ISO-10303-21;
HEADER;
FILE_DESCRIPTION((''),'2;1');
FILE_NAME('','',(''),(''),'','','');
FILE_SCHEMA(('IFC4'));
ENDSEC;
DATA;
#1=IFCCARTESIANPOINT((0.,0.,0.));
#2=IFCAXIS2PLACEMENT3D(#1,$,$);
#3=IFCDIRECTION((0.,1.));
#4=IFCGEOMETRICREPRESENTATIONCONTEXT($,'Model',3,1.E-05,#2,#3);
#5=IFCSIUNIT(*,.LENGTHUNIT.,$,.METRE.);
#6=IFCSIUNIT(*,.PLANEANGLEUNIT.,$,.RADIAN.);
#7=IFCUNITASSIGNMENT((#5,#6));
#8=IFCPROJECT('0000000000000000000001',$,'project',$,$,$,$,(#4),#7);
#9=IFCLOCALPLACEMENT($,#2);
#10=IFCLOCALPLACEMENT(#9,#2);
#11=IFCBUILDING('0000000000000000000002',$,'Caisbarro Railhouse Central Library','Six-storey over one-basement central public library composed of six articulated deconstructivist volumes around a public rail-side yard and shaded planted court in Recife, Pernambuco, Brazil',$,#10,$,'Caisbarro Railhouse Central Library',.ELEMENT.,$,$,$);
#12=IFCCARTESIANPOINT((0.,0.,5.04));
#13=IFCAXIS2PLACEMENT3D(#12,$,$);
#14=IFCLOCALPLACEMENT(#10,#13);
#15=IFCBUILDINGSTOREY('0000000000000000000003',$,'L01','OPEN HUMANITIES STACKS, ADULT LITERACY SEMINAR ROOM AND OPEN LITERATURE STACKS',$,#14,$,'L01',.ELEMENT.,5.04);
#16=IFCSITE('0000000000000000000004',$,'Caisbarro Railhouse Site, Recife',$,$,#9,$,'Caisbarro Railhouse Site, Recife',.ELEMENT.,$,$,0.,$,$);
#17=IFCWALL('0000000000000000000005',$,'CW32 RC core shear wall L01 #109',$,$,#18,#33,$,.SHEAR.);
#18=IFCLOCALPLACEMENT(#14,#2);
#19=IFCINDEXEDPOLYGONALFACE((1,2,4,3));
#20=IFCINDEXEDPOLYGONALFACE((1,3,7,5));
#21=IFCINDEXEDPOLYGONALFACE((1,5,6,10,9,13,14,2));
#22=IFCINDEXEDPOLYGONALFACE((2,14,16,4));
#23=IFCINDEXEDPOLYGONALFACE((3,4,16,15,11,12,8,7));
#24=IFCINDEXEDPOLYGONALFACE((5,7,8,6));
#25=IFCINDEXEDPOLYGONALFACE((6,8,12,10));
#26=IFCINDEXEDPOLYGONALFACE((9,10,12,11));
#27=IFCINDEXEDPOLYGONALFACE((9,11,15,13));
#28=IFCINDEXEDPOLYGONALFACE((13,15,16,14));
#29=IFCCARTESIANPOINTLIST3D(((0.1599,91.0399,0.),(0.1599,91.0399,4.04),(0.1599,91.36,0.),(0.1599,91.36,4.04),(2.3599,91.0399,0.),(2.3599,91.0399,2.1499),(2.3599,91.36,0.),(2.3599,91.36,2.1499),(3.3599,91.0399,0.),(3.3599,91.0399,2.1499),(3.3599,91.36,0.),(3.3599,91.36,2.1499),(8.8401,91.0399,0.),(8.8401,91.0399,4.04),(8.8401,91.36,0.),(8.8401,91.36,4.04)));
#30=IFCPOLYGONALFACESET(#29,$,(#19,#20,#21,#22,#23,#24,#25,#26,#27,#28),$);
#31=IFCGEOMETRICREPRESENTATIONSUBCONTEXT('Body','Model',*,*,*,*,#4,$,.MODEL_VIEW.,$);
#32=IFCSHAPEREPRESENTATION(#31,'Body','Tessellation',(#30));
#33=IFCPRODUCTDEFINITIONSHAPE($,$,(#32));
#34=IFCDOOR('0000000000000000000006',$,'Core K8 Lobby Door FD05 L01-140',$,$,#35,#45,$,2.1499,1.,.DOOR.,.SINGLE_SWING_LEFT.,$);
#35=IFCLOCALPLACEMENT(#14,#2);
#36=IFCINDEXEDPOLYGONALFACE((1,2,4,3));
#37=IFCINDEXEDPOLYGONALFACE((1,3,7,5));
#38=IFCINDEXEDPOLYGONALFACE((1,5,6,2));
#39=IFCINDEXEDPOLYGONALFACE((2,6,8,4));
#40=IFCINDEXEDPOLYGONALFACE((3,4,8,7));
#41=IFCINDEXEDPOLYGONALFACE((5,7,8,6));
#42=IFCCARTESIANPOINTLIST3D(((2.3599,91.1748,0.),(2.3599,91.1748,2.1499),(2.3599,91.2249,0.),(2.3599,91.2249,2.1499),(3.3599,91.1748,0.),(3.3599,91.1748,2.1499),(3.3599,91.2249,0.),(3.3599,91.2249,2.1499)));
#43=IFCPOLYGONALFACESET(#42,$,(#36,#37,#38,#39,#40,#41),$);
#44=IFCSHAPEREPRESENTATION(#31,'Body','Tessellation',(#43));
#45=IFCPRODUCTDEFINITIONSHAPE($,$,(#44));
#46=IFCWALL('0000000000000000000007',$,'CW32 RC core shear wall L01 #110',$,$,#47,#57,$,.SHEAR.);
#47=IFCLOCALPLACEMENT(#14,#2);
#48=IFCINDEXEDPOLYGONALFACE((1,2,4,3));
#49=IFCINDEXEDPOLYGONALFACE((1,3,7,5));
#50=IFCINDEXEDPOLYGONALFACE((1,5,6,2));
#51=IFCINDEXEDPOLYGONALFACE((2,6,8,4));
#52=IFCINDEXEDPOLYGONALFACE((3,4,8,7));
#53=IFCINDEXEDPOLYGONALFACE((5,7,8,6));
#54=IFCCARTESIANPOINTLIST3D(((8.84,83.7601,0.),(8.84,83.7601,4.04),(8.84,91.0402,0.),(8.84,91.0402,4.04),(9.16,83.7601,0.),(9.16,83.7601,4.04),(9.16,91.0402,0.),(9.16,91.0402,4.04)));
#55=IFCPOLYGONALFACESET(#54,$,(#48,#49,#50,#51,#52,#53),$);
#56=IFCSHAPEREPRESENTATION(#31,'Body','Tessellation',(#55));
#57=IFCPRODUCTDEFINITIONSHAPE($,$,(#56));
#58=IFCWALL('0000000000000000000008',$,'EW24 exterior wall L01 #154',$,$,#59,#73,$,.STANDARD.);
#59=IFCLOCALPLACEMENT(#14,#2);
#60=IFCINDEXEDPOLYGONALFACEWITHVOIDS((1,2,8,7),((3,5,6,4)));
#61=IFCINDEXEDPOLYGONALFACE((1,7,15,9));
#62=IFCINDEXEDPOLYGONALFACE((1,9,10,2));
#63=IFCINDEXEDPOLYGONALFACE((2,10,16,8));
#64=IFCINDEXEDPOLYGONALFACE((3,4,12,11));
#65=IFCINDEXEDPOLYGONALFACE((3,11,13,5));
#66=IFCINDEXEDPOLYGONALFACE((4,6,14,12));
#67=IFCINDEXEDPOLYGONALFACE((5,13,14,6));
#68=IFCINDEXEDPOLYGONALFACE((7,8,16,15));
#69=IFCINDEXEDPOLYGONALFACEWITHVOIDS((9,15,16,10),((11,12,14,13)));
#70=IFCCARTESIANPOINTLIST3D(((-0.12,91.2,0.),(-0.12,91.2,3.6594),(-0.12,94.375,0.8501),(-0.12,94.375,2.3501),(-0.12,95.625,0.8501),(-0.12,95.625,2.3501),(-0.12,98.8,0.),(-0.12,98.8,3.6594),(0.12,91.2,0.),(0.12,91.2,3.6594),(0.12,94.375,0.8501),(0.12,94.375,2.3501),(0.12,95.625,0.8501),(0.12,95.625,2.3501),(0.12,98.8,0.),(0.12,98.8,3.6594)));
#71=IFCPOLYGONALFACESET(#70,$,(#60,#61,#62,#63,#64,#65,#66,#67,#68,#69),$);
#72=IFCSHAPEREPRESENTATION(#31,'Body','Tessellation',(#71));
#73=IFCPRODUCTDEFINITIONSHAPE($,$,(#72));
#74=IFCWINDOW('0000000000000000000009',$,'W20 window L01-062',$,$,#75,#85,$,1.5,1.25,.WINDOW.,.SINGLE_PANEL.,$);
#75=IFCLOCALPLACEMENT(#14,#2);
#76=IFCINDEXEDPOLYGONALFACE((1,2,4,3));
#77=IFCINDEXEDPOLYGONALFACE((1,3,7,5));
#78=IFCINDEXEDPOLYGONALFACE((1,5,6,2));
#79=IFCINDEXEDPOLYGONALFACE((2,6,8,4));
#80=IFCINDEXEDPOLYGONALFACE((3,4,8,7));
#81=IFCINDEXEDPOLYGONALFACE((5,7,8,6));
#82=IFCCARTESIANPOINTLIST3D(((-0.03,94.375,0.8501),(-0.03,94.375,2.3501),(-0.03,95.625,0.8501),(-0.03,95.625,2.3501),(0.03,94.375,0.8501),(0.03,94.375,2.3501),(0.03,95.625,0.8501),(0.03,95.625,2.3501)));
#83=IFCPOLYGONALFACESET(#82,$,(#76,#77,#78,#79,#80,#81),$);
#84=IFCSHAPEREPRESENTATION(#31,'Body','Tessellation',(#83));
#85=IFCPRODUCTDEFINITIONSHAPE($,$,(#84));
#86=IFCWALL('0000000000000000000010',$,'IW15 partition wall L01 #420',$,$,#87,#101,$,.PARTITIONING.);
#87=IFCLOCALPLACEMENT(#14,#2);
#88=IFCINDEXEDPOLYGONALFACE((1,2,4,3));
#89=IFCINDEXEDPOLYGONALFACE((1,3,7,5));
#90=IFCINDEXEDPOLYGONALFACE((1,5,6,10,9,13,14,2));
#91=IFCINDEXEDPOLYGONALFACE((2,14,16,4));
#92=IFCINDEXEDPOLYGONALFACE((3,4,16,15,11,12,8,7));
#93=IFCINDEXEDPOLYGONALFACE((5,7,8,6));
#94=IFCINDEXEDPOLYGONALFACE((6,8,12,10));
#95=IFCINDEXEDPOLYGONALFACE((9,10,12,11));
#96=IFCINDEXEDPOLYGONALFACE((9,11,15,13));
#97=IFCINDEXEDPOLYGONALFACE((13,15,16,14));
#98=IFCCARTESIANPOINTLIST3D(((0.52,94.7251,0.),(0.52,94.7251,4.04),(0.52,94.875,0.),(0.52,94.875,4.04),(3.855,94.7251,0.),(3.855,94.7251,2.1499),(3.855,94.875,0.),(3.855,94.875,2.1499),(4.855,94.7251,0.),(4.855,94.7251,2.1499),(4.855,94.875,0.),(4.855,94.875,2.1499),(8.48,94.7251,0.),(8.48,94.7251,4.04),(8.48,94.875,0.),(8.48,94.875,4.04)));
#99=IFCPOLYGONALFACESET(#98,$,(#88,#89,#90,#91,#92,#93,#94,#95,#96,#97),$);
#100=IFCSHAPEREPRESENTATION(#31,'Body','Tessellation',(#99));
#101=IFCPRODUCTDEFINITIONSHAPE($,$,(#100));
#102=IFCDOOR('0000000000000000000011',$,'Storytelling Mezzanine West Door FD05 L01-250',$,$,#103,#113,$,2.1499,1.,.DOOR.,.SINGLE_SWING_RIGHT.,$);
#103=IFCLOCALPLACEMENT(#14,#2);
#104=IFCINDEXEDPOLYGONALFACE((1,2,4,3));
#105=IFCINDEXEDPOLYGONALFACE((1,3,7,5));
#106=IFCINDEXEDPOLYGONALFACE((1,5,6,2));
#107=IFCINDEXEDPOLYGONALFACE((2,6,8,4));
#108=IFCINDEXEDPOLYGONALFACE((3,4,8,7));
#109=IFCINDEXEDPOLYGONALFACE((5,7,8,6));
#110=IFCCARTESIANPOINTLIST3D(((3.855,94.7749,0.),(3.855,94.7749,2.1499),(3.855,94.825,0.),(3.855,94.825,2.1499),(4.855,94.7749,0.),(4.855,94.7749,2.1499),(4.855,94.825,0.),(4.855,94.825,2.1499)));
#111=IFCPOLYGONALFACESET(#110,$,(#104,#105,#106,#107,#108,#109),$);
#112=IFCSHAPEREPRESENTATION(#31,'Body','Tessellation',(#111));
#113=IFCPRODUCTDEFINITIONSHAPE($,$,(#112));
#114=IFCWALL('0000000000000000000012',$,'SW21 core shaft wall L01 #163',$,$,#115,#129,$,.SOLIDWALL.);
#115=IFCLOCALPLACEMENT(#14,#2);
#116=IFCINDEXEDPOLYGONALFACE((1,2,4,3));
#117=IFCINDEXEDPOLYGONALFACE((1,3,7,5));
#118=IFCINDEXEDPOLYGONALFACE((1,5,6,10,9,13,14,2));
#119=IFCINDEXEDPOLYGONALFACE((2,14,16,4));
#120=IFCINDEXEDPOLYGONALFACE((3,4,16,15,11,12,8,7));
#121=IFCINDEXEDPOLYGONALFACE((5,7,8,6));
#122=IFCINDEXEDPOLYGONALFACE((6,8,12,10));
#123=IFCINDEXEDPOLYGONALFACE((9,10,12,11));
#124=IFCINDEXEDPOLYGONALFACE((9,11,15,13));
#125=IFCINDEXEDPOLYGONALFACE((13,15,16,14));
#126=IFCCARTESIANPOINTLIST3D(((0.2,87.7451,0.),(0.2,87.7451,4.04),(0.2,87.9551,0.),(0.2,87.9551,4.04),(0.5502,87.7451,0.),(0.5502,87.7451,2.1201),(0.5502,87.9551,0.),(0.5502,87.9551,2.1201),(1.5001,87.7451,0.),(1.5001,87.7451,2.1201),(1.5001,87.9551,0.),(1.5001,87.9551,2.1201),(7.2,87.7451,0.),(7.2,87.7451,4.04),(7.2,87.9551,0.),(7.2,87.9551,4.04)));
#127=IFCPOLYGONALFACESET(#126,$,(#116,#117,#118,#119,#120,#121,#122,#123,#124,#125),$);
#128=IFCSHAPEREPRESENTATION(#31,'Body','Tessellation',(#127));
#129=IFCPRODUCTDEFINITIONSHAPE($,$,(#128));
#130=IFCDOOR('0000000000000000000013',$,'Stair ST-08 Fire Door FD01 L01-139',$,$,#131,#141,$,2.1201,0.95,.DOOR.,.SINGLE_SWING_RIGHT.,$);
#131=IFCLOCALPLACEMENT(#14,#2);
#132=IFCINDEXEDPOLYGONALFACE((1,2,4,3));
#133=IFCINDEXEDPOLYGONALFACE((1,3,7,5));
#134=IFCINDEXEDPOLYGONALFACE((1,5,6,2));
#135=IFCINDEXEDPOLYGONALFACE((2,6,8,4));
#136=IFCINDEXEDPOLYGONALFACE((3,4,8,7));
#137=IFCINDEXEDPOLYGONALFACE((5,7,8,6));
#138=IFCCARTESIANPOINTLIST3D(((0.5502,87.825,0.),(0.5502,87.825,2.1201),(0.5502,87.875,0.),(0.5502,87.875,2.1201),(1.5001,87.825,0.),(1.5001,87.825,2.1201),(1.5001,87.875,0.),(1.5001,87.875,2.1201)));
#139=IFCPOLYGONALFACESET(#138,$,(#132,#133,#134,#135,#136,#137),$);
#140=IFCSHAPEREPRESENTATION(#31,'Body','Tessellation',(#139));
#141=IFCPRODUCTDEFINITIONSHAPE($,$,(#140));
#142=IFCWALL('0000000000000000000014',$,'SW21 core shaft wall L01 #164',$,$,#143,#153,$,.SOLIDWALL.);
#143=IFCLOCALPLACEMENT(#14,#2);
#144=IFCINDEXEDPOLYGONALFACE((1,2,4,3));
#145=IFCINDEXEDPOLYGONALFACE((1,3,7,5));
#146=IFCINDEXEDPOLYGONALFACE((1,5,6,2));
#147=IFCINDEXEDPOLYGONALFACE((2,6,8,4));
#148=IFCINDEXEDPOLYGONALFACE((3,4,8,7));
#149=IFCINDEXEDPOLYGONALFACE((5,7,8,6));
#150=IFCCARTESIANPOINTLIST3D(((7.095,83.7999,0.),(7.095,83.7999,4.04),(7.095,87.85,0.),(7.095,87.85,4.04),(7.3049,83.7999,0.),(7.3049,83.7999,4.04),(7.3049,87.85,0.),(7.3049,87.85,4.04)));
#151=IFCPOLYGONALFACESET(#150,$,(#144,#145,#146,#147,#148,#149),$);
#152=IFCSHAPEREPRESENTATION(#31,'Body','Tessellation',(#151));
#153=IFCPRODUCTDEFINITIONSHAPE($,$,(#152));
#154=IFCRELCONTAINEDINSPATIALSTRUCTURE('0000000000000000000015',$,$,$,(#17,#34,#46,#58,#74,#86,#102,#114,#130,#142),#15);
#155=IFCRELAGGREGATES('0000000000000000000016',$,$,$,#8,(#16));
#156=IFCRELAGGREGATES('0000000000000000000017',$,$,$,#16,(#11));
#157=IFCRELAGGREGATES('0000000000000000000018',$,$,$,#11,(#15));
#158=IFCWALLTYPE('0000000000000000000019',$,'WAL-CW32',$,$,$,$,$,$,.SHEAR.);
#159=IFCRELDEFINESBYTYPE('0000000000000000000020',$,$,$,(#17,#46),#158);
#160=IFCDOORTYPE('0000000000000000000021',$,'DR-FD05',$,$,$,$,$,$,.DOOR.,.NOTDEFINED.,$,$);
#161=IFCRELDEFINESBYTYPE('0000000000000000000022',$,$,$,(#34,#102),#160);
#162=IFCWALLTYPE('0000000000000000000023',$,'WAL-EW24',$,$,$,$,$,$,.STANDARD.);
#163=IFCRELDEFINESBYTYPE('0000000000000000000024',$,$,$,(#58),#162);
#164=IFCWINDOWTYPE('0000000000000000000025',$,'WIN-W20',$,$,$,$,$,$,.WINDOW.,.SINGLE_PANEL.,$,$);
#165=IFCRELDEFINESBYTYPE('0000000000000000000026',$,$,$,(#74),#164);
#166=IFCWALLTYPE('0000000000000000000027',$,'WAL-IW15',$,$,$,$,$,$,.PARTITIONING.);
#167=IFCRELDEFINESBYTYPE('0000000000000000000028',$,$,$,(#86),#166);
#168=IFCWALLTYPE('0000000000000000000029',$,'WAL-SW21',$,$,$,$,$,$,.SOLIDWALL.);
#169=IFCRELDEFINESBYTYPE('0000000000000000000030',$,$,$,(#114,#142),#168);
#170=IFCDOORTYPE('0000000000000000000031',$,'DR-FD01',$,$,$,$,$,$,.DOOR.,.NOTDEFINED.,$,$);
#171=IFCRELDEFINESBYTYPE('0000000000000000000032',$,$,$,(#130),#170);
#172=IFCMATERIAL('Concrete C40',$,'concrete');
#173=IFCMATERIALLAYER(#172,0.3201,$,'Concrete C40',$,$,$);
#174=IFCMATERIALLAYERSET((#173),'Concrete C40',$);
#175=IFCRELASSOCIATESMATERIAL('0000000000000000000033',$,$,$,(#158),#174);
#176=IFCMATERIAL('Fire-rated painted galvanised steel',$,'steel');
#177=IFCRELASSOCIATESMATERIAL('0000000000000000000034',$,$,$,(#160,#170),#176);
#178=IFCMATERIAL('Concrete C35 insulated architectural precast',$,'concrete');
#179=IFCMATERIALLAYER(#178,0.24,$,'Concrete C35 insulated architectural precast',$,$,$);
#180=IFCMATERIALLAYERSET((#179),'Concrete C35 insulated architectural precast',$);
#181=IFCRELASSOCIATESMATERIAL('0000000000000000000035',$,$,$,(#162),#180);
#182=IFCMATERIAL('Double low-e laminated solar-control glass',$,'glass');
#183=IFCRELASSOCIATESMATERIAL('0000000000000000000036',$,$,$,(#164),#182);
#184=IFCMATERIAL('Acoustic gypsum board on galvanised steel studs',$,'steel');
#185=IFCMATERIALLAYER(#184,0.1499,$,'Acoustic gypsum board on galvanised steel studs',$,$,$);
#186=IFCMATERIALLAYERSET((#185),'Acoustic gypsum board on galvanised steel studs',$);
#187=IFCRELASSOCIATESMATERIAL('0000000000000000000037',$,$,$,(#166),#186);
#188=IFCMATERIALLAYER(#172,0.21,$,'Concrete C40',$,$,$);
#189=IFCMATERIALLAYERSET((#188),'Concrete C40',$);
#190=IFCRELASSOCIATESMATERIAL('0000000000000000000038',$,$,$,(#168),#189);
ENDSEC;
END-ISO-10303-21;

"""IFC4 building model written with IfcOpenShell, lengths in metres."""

from ifc_helpers import new_model, si_unit, direction, frame, frame_2d, origin, place, context, subcontext, project, spatial, rectangle, extrude, material, layer, layer_set, type_object, element, fill, save


model = new_model("IFC4")

# Units and contexts
model_context = context("Model", 3, precision=1e-05, world=origin(), true_north=direction((0.0, 1.0)))
body_context = subcontext(model_context, "Body", "Model", "MODEL_VIEW")
ifc_project = project(units=[si_unit("LENGTHUNIT", "METRE"), si_unit("PLANEANGLEUNIT", "RADIAN")], contexts=[model_context])

# Site, building, storey
site_placement = place(None, origin())
site = spatial("IfcSite", under=ifc_project, at=site_placement, Name="Caisbarro Railhouse Site, Recife", LongName="Caisbarro Railhouse Site, Recife", CompositionType="ELEMENT", RefElevation=0.0)
building_placement = place(site_placement, origin())
building = spatial("IfcBuilding", under=site, at=building_placement, Name="Caisbarro Railhouse Central Library", Description="Six-storey over one-basement central public library composed of six articulated deconstructivist volumes around a public rail-side yard and shaded planted court in Recife, Pernambuco, Brazil", LongName="Caisbarro Railhouse Central Library", CompositionType="ELEMENT")
storey_placement = place(building_placement, frame((0.0, 0.0, 5.04)))
storey = spatial("IfcBuildingStorey", under=building, at=storey_placement, Name="L01", Description="OPEN HUMANITIES STACKS, ADULT LITERACY SEMINAR ROOM AND OPEN LITERATURE STACKS", LongName="L01", CompositionType="ELEMENT", Elevation=5.04)

# Shared definitions
ifc_material_1 = material(Name="Concrete C40", Category="concrete")

# Wall, opening, door
ifc_layer_1 = layer(ifc_material_1, 0.3201, Name="Concrete C40")
ifc_layer_set_1 = layer_set([ifc_layer_1], Name="Concrete C40")
wall_type_1 = type_object("IfcWallType", Name="WAL-CW32", PredefinedType="SHEAR", material=ifc_layer_set_1)
wall_1_placement = place(storey_placement, frame((0.1599, 91.2, 0.0), z_axis=(0.0, 0.0, 1.0), x_axis=(1.0, 0.0, 0.0)))
wall_1 = element("IfcWall", 1, at=wall_1_placement, inside=storey, type_object=wall_type_1, Name="CW32 RC core shear wall L01 #109", PredefinedType="SHEAR", context=body_context, shape_type="SweptSolid", body=[
    extrude(rectangle(XDim=8.6802, YDim=0.3201, at=frame_2d((4.3401, 0.0))), origin(), (0.0, 0.0, 1.0), 4.04),
])
opening_1_placement = place(wall_1_placement, frame((2.2, 0.0, 0.0)))
opening_1 = element("IfcOpeningElement", 2, at=opening_1_placement, cuts=wall_1, PredefinedType="OPENING", context=body_context, shape_type="SweptSolid", body=[
    extrude(rectangle(XDim=1.0, YDim=2.1499, at=frame_2d((0.5, 1.075))), frame((0.0, 0.1699, 0.0), z_axis=(0.0, -1.0, 0.0), x_axis=(1.0, 0.0, 0.0)), (0.0, 0.0, 1.0), 0.3401),
])
ifc_material_2 = material(Name="Fire-rated painted galvanised steel", Category="steel")
door_type_1 = type_object("IfcDoorType", Name="DR-FD05", OperationType="NOTDEFINED", PredefinedType="DOOR", material=ifc_material_2)
door_1_placement = place(opening_1_placement, origin())
door_1 = element("IfcDoor", 3, at=door_1_placement, inside=storey, type_object=door_type_1, Name="Core K8 Lobby Door FD05 L01-140", OperationType="SINGLE_SWING_LEFT", OverallHeight=2.1499, OverallWidth=1.0, PredefinedType="DOOR", context=body_context, shape_type="SweptSolid", body=[
    extrude(rectangle(XDim=1.0, YDim=2.1499, at=frame_2d((0.5, 1.075))), frame((0.0, 0.0249, 0.0), z_axis=(0.0, -1.0, 0.0), x_axis=(1.0, 0.0, 0.0)), (0.0, 0.0, 1.0), 0.05),
])
fill(opening_1, door_1)

# Wall
wall_2_placement = place(storey_placement, frame((9.0, 83.76, 0.0), z_axis=(0.0, 0.0, 1.0), x_axis=(0.0, 1.0, 0.0)))
element("IfcWall", 4, at=wall_2_placement, inside=storey, type_object=wall_type_1, Name="CW32 RC core shear wall L01 #110", PredefinedType="SHEAR", context=body_context, shape_type="SweptSolid", body=[
    extrude(rectangle(XDim=7.28, YDim=0.3201, at=frame_2d((3.6401, 0.0))), origin(), (0.0, 0.0, 1.0), 4.04),
])

# Wall, opening, window
ifc_material_3 = material(Name="Concrete C35 insulated architectural precast", Category="concrete")
ifc_layer_2 = layer(ifc_material_3, 0.24, Name="Concrete C35 insulated architectural precast")
ifc_layer_set_2 = layer_set([ifc_layer_2], Name="Concrete C35 insulated architectural precast")
wall_type_2 = type_object("IfcWallType", Name="WAL-EW24", PredefinedType="STANDARD", material=ifc_layer_set_2)
wall_3_placement = place(storey_placement, frame((0.0, 91.2, 0.0), z_axis=(0.0, 0.0, 1.0), x_axis=(0.0, 1.0, 0.0)))
wall_3 = element("IfcWall", 5, at=wall_3_placement, inside=storey, type_object=wall_type_2, Name="EW24 exterior wall L01 #154", PredefinedType="STANDARD", context=body_context, shape_type="SweptSolid", body=[
    extrude(rectangle(XDim=7.6001, YDim=0.24, at=frame_2d((3.8, 0.0))), origin(), (0.0, 0.0, 1.0), 3.6594),
])
opening_2_placement = place(wall_3_placement, frame((3.175, 0.0, 0.8501)))
opening_2 = element("IfcOpeningElement", 6, at=opening_2_placement, cuts=wall_3, PredefinedType="OPENING", context=body_context, shape_type="SweptSolid", body=[
    extrude(rectangle(XDim=1.25, YDim=1.5, at=frame_2d((0.625, 0.75))), frame((0.0, 0.1299, 0.0), z_axis=(0.0, -1.0, 0.0), x_axis=(1.0, 0.0, 0.0)), (0.0, 0.0, 1.0), 0.26),
])
ifc_material_4 = material(Name="Double low-e laminated solar-control glass", Category="glass")
window_type = type_object("IfcWindowType", Name="WIN-W20", PartitioningType="SINGLE_PANEL", PredefinedType="WINDOW", material=ifc_material_4)
window_placement = place(opening_2_placement, origin())
window = element("IfcWindow", 7, at=window_placement, inside=storey, type_object=window_type, Name="W20 window L01-062", OverallHeight=1.5, OverallWidth=1.25, PartitioningType="SINGLE_PANEL", PredefinedType="WINDOW", context=body_context, shape_type="SweptSolid", body=[
    extrude(rectangle(XDim=1.25, YDim=1.5, at=frame_2d((0.625, 0.75))), frame((0.0, 0.03, 0.0), z_axis=(0.0, -1.0, 0.0), x_axis=(1.0, 0.0, 0.0)), (0.0, 0.0, 1.0), 0.0601),
])
fill(opening_2, window)

# Walls, openings, doors
ifc_material_5 = material(Name="Acoustic gypsum board on galvanised steel studs", Category="steel")
ifc_layer_3 = layer(ifc_material_5, 0.1499, Name="Acoustic gypsum board on galvanised steel studs")
ifc_layer_set_3 = layer_set([ifc_layer_3], Name="Acoustic gypsum board on galvanised steel studs")
wall_type_3 = type_object("IfcWallType", Name="WAL-IW15", PredefinedType="PARTITIONING", material=ifc_layer_set_3)
wall_4_placement = place(storey_placement, frame((0.52, 94.8, 0.0), z_axis=(0.0, 0.0, 1.0), x_axis=(1.0, 0.0, 0.0)))
wall_4 = element("IfcWall", 8, at=wall_4_placement, inside=storey, type_object=wall_type_3, Name="IW15 partition wall L01 #420", PredefinedType="PARTITIONING", context=body_context, shape_type="SweptSolid", body=[
    extrude(rectangle(XDim=7.96, YDim=0.1499, at=frame_2d((3.98, 0.0))), origin(), (0.0, 0.0, 1.0), 4.04),
])
opening_3_placement = place(wall_4_placement, frame((3.335, 0.0, 0.0)))
opening_3 = element("IfcOpeningElement", 9, at=opening_3_placement, cuts=wall_4, PredefinedType="OPENING", context=body_context, shape_type="SweptSolid", body=[
    extrude(rectangle(XDim=1.0, YDim=2.1499, at=frame_2d((0.5, 1.075))), frame((0.0, 0.085, 0.0), z_axis=(0.0, -1.0, 0.0), x_axis=(1.0, 0.0, 0.0)), (0.0, 0.0, 1.0), 0.1699),
])
door_2_placement = place(opening_3_placement, origin())
door_2 = element("IfcDoor", 10, at=door_2_placement, inside=storey, type_object=door_type_1, Name="Storytelling Mezzanine West Door FD05 L01-250", OperationType="SINGLE_SWING_RIGHT", OverallHeight=2.1499, OverallWidth=1.0, PredefinedType="DOOR", context=body_context, shape_type="SweptSolid", body=[
    extrude(rectangle(XDim=1.0, YDim=2.1499, at=frame_2d((0.5, 1.075))), frame((0.0, 0.0249, 0.0), z_axis=(0.0, -1.0, 0.0), x_axis=(1.0, 0.0, 0.0)), (0.0, 0.0, 1.0), 0.05),
])
fill(opening_3, door_2)
ifc_layer_4 = layer(ifc_material_1, 0.21, Name="Concrete C40")
ifc_layer_set_4 = layer_set([ifc_layer_4], Name="Concrete C40")
wall_type_4 = type_object("IfcWallType", Name="WAL-SW21", PredefinedType="SOLIDWALL", material=ifc_layer_set_4)
wall_5_placement = place(storey_placement, frame((0.2, 87.8501, 0.0), z_axis=(0.0, 0.0, 1.0), x_axis=(1.0, 0.0, 0.0)))
wall_5 = element("IfcWall", 11, at=wall_5_placement, inside=storey, type_object=wall_type_4, Name="SW21 core shaft wall L01 #163", PredefinedType="SOLIDWALL", context=body_context, shape_type="SweptSolid", body=[
    extrude(rectangle(XDim=7.0, YDim=0.21, at=frame_2d((3.5, 0.0))), origin(), (0.0, 0.0, 1.0), 4.04),
])
opening_4_placement = place(wall_5_placement, frame((0.3501, 0.0, 0.0)))
opening_4 = element("IfcOpeningElement", 12, at=opening_4_placement, cuts=wall_5, PredefinedType="OPENING", context=body_context, shape_type="SweptSolid", body=[
    extrude(rectangle(XDim=0.95, YDim=2.1201, at=frame_2d((0.4751, 1.0601))), frame((0.0, 0.115, 0.0), z_axis=(0.0, -1.0, 0.0), x_axis=(1.0, 0.0, 0.0)), (0.0, 0.0, 1.0), 0.23),
])
door_type_2 = type_object("IfcDoorType", Name="DR-FD01", OperationType="NOTDEFINED", PredefinedType="DOOR", material=ifc_material_2)
door_3_placement = place(opening_4_placement, origin())
door_3 = element("IfcDoor", 13, at=door_3_placement, inside=storey, type_object=door_type_2, Name="Stair ST-08 Fire Door FD01 L01-139", OperationType="SINGLE_SWING_RIGHT", OverallHeight=2.1201, OverallWidth=0.95, PredefinedType="DOOR", context=body_context, shape_type="SweptSolid", body=[
    extrude(rectangle(XDim=0.95, YDim=2.1201, at=frame_2d((0.4751, 1.0601))), frame((0.0, 0.0249, 0.0), z_axis=(0.0, -1.0, 0.0), x_axis=(1.0, 0.0, 0.0)), (0.0, 0.0, 1.0), 0.05),
])
fill(opening_4, door_3)

# Wall
wall_6_placement = place(storey_placement, frame((7.2, 83.8, 0.0), z_axis=(0.0, 0.0, 1.0), x_axis=(0.0, 1.0, 0.0)))
element("IfcWall", 14, at=wall_6_placement, inside=storey, type_object=wall_type_4, Name="SW21 core shaft wall L01 #164", PredefinedType="SOLIDWALL", context=body_context, shape_type="SweptSolid", body=[
    extrude(rectangle(XDim=4.05, YDim=0.21, at=frame_2d((2.0249, 0.0))), origin(), (0.0, 0.0, 1.0), 4.04),
])

save(model, "model.ifc")
